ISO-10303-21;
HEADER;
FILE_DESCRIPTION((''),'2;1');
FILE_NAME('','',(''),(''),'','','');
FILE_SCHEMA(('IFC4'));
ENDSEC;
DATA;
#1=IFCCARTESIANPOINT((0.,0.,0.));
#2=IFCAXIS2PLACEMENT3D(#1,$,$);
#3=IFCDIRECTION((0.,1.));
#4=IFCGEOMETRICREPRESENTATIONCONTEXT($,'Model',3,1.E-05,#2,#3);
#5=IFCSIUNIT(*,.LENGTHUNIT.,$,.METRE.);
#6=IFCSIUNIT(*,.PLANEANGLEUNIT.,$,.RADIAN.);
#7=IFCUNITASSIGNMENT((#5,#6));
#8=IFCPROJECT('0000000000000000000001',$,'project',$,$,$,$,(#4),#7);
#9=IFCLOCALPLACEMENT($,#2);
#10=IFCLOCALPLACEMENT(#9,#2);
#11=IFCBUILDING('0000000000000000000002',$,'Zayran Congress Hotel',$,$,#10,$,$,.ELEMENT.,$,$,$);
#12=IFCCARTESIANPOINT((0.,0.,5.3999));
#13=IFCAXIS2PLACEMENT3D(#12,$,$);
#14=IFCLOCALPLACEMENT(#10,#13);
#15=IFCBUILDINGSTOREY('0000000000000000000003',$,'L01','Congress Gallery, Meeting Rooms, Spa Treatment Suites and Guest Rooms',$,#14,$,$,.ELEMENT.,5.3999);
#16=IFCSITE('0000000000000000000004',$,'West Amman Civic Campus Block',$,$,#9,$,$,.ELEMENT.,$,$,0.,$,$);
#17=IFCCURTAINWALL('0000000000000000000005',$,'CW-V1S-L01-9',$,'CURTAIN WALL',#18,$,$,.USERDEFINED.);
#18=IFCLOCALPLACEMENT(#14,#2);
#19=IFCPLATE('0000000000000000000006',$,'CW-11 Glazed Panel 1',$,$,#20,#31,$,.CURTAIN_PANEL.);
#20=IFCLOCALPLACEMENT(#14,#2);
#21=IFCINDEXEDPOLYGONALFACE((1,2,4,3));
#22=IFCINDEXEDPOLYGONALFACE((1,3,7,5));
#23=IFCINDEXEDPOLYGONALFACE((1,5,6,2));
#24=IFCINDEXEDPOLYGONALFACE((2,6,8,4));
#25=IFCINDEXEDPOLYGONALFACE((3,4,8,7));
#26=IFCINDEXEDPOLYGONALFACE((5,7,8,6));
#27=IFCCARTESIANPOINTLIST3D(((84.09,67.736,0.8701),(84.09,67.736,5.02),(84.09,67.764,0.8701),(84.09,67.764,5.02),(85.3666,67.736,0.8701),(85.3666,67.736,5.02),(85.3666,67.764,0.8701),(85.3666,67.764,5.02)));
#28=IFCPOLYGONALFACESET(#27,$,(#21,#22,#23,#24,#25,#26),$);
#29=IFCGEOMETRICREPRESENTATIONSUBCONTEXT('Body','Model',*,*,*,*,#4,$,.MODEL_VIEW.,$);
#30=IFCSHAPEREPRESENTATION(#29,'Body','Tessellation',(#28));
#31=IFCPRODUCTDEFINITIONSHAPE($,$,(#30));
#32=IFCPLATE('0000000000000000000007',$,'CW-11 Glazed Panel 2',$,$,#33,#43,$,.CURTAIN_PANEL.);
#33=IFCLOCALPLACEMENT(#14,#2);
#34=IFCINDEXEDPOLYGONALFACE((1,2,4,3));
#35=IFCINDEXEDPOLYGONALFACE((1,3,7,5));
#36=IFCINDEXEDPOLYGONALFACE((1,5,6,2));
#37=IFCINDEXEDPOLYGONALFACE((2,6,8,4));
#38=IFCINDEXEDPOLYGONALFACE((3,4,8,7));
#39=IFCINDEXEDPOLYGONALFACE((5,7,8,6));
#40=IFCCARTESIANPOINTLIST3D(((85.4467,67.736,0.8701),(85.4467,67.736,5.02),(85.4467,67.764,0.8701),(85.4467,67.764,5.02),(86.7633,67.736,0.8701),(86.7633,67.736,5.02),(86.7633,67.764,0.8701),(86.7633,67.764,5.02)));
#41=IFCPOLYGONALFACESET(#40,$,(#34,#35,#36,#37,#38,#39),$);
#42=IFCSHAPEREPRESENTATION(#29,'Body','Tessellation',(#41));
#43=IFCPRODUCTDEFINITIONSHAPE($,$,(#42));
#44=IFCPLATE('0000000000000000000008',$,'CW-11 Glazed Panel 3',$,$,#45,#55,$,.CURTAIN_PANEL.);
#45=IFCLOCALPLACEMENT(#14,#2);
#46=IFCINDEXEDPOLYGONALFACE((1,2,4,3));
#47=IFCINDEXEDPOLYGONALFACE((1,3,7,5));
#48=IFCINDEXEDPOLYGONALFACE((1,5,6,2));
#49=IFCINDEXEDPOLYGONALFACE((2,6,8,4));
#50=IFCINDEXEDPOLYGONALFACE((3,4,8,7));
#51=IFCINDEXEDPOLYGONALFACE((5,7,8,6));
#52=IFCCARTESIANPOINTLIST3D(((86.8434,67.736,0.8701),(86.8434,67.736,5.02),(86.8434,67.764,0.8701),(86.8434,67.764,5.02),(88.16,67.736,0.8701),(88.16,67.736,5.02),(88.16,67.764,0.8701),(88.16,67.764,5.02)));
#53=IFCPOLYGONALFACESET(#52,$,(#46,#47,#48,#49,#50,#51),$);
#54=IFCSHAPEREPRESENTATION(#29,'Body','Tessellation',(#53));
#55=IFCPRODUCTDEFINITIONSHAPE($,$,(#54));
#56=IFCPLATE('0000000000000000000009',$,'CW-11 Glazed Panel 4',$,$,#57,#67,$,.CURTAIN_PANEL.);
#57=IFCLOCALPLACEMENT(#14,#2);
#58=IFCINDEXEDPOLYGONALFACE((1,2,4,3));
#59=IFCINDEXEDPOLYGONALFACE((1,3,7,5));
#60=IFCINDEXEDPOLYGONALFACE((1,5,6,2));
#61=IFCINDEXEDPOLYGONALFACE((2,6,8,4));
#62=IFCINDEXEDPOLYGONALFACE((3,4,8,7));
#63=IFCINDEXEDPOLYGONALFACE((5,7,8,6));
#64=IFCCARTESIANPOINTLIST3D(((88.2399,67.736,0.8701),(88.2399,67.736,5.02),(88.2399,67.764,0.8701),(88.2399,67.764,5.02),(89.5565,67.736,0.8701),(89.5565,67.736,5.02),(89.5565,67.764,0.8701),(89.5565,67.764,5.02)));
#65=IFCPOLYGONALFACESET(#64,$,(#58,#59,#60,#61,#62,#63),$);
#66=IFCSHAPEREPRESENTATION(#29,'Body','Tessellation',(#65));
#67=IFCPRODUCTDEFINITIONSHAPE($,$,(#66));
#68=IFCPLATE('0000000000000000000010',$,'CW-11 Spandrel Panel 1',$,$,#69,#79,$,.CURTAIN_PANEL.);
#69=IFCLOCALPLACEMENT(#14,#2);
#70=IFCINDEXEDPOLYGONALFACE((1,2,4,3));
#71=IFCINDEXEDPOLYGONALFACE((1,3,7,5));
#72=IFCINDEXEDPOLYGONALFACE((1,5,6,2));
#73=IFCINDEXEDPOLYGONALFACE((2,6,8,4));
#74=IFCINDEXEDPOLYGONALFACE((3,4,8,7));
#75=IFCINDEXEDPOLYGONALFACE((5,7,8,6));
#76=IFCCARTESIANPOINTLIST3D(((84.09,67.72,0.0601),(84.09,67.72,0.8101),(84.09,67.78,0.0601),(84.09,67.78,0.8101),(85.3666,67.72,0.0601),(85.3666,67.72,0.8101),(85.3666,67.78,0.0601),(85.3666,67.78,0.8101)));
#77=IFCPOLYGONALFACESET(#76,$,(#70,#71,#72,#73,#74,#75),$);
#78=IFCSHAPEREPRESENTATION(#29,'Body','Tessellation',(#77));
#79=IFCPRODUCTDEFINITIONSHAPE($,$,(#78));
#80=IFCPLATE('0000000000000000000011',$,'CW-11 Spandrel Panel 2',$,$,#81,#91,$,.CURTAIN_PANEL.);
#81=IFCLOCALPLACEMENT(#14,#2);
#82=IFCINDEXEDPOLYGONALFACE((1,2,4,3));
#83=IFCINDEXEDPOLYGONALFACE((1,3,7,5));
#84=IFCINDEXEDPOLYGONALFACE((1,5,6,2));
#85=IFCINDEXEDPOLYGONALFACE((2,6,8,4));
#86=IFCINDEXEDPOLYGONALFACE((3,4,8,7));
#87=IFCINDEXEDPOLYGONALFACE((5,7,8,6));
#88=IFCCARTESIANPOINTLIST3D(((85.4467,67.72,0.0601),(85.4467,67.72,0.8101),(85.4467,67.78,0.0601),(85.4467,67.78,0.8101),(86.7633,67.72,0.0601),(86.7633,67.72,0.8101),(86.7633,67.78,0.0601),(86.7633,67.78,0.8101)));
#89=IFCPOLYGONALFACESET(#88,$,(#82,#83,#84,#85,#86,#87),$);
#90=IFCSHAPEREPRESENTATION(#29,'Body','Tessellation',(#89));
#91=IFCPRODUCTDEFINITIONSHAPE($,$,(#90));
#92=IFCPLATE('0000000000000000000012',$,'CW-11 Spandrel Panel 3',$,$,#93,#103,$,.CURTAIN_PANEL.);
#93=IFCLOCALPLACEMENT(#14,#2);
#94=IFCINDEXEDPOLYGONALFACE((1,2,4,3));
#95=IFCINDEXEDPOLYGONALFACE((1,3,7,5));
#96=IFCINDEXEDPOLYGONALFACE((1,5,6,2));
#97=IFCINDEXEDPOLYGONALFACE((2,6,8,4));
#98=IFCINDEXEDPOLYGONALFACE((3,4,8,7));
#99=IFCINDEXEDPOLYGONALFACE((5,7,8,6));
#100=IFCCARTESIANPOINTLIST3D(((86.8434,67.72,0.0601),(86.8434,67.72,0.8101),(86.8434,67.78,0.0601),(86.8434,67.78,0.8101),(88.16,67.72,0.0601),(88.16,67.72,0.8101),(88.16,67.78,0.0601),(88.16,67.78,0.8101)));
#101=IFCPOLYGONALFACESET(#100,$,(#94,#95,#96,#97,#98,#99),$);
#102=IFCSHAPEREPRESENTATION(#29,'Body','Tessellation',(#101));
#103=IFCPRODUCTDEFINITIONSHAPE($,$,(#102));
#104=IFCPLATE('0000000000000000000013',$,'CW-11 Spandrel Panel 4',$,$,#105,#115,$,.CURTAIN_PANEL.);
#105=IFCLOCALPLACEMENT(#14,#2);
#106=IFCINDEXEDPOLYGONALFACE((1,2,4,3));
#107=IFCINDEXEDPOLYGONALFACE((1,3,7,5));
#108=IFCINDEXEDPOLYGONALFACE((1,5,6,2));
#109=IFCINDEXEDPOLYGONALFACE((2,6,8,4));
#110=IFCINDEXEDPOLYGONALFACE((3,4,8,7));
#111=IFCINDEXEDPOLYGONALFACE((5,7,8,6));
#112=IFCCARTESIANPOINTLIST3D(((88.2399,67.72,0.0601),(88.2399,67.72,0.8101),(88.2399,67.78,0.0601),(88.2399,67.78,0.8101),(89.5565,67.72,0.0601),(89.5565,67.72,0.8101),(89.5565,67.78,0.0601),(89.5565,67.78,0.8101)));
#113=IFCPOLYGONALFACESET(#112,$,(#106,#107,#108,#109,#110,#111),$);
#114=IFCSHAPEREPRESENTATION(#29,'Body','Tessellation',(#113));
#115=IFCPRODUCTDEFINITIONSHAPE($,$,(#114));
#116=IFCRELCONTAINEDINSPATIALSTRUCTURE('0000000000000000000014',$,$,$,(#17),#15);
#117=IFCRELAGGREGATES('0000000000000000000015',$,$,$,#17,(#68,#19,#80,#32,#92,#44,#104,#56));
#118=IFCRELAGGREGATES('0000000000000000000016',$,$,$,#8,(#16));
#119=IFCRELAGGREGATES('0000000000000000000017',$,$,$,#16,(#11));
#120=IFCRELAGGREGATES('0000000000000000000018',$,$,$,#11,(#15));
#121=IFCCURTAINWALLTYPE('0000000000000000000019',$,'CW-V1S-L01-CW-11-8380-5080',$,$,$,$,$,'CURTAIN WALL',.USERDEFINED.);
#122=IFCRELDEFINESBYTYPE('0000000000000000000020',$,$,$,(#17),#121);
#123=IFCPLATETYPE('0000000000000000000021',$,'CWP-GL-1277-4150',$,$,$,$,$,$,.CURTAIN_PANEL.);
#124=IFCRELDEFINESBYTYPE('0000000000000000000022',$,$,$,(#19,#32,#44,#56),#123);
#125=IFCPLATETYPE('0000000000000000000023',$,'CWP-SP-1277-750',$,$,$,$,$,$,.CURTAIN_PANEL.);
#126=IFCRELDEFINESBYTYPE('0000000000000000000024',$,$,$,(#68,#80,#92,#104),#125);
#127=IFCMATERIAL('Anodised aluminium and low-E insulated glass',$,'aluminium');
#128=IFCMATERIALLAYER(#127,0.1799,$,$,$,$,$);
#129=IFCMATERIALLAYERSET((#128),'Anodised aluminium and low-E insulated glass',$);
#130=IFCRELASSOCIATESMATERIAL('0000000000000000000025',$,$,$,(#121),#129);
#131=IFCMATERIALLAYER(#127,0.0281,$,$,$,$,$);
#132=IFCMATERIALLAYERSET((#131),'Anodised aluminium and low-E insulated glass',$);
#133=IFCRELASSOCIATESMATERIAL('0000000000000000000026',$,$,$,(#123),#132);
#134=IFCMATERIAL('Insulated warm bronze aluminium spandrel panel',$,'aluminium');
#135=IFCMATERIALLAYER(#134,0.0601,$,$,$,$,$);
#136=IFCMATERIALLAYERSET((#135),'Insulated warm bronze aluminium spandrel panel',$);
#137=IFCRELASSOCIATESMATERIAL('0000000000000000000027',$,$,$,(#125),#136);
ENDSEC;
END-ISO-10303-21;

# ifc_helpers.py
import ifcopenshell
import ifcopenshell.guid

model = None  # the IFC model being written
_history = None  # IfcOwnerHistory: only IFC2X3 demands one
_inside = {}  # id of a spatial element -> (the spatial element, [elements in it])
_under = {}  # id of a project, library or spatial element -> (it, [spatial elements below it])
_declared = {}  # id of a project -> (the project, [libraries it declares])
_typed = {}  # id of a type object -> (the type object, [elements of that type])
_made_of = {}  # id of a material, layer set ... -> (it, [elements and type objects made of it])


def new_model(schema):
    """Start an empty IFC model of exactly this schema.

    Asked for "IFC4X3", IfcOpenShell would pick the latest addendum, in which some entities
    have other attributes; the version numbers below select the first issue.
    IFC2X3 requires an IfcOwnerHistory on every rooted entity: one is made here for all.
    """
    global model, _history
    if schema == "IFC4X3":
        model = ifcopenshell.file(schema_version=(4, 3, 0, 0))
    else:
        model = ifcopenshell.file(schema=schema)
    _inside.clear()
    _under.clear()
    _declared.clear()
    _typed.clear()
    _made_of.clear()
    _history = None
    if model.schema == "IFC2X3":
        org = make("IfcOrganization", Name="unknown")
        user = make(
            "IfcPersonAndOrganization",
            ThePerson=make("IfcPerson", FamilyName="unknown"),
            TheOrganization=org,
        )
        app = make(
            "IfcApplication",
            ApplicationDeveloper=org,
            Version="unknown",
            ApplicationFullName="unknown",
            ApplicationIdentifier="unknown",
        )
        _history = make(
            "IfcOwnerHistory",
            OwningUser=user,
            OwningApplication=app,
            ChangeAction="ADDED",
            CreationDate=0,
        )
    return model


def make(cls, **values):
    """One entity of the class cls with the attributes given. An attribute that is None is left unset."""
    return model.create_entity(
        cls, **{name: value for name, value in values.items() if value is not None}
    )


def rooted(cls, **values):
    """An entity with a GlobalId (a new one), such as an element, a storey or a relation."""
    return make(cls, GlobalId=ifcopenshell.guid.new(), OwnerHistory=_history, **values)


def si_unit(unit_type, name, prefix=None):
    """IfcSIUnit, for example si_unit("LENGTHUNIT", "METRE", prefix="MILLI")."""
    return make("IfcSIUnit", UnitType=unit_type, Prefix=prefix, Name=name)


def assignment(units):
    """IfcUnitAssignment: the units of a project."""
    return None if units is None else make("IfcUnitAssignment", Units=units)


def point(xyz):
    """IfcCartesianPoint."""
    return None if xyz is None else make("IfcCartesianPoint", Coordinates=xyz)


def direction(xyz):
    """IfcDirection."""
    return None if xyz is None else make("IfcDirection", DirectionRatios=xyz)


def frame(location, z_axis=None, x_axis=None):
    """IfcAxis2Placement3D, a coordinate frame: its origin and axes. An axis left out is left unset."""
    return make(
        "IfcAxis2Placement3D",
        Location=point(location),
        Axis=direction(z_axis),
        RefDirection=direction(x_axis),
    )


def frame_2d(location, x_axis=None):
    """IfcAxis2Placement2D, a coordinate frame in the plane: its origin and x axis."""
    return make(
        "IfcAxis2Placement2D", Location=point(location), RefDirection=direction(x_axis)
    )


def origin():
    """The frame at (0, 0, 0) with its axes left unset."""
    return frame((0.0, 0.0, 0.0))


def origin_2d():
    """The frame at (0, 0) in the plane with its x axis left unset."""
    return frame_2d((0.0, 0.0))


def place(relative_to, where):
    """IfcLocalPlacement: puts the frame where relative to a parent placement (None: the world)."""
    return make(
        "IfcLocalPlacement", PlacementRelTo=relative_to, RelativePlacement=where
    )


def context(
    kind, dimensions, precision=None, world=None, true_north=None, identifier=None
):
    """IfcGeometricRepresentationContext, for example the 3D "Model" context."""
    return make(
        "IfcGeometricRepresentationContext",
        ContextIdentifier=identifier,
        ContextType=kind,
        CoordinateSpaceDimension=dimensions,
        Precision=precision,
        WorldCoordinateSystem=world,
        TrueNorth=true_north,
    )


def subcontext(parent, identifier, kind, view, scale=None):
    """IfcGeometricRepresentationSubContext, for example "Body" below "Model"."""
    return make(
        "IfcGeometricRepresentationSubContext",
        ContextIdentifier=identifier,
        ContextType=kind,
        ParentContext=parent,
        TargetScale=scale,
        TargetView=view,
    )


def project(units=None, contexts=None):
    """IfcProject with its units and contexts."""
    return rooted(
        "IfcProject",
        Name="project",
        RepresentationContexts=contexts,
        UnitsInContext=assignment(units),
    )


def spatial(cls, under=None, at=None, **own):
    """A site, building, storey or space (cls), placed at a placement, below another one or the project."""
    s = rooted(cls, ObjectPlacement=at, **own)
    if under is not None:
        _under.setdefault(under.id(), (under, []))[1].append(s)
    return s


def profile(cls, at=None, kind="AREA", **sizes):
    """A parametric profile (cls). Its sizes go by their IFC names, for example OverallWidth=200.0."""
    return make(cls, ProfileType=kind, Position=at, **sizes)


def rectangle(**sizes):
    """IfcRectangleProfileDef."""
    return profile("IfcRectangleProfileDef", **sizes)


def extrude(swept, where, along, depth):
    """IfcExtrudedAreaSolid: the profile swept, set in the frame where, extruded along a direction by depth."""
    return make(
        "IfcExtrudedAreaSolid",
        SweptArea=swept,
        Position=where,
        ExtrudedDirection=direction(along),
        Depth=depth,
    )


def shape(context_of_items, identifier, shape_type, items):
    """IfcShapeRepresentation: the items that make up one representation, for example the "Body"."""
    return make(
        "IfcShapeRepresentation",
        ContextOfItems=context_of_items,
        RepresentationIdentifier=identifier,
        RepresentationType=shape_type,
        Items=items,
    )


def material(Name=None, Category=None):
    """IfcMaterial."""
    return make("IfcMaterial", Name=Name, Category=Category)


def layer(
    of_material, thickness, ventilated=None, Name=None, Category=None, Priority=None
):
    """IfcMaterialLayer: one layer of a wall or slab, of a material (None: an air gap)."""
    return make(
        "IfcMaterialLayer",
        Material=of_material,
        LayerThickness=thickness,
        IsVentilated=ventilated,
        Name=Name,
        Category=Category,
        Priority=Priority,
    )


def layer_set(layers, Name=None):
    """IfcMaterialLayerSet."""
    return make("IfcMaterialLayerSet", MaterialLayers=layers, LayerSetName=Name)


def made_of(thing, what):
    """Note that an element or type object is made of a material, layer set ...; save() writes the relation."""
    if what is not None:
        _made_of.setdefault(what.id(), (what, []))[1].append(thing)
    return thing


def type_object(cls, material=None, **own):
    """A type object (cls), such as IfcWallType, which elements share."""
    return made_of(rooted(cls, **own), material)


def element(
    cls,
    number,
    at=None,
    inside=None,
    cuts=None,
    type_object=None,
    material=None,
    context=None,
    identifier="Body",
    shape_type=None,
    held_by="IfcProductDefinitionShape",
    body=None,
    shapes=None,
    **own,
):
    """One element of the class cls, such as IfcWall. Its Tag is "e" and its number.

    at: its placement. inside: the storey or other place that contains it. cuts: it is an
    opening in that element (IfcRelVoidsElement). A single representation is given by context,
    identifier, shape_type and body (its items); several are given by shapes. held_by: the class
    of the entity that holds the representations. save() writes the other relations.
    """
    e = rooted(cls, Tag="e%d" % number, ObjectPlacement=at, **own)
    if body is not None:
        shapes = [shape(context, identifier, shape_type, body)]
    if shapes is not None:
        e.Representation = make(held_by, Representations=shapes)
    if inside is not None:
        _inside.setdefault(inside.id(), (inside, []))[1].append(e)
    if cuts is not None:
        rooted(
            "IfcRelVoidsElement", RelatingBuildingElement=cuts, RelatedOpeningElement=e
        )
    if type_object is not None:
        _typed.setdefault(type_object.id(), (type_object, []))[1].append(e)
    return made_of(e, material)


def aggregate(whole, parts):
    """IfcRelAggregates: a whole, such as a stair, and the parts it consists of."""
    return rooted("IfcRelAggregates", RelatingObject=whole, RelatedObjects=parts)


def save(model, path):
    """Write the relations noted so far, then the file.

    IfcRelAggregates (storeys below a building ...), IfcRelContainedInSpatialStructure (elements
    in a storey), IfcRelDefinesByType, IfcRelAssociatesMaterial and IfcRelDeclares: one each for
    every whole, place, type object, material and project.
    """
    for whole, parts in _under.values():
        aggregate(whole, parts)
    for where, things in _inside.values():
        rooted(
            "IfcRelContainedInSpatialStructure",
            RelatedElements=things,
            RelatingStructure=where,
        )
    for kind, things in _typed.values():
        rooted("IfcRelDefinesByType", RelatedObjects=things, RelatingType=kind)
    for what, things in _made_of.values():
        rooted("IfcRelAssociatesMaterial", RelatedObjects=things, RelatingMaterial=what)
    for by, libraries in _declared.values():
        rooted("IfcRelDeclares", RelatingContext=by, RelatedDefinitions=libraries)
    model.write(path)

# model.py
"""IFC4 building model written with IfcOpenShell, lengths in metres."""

from ifc_helpers import new_model, si_unit, direction, frame, origin, origin_2d, place, context, subcontext, project, spatial, rectangle, extrude, material, layer, layer_set, type_object, element, aggregate, save


model = new_model("IFC4")

# Units and contexts
model_context = context("Model", 3, precision=1e-05, world=origin(), true_north=direction((0.0, 1.0)))
body_context = subcontext(model_context, "Body", "Model", "MODEL_VIEW")
ifc_project = project(units=[si_unit("LENGTHUNIT", "METRE"), si_unit("PLANEANGLEUNIT", "RADIAN")], contexts=[model_context])

# Site, building, storey
site_placement = place(None, origin())
site = spatial("IfcSite", under=ifc_project, at=site_placement, Name="West Amman Civic Campus Block", CompositionType="ELEMENT", RefElevation=0.0)
building_placement = place(site_placement, origin())
building = spatial("IfcBuilding", under=site, at=building_placement, Name="Zayran Congress Hotel", CompositionType="ELEMENT")
storey_placement = place(building_placement, frame((0.0, 0.0, 5.3999)))
storey = spatial("IfcBuildingStorey", under=building, at=storey_placement, Name="L01", Description="Congress Gallery, Meeting Rooms, Spa Treatment Suites and Guest Rooms", CompositionType="ELEMENT", Elevation=5.3999)

# Curtain wall, plates
ifc_material_1 = material(Name="Anodised aluminium and low-E insulated glass", Category="aluminium")
ifc_layer_1 = layer(ifc_material_1, 0.1799)
ifc_layer_set_1 = layer_set([ifc_layer_1], Name="Anodised aluminium and low-E insulated glass")
curtain_wall_type = type_object("IfcCurtainWallType", Name="CW-V1S-L01-CW-11-8380-5080", ElementType="CURTAIN WALL", PredefinedType="USERDEFINED", material=ifc_layer_set_1)
curtain_wall_placement = place(storey_placement, origin())
curtain_wall = element("IfcCurtainWall", 1, at=curtain_wall_placement, inside=storey, type_object=curtain_wall_type, Name="CW-V1S-L01-9", ObjectType="CURTAIN WALL", PredefinedType="USERDEFINED")
ifc_layer_2 = layer(ifc_material_1, 0.0281)
ifc_layer_set_2 = layer_set([ifc_layer_2], Name="Anodised aluminium and low-E insulated glass")
plate_type_1 = type_object("IfcPlateType", Name="CWP-GL-1277-4150", PredefinedType="CURTAIN_PANEL", material=ifc_layer_set_2)
plate_1_placement = place(storey_placement, frame((84.7283, 67.75, 0.8701), z_axis=(0.0, 0.0, 1.0), x_axis=(1.0, 0.0, 0.0)))
plate_1 = element("IfcPlate", 2, at=plate_1_placement, type_object=plate_type_1, Name="CW-11 Glazed Panel 1", PredefinedType="CURTAIN_PANEL", context=body_context, shape_type="SweptSolid", body=[
    extrude(rectangle(XDim=1.2766, YDim=0.0281, at=origin_2d()), origin(), (0.0, 0.0, 1.0), 4.1499),
])
plate_2_placement = place(storey_placement, frame((86.105, 67.75, 0.8701), z_axis=(0.0, 0.0, 1.0), x_axis=(1.0, 0.0, 0.0)))
plate_2 = element("IfcPlate", 3, at=plate_2_placement, type_object=plate_type_1, Name="CW-11 Glazed Panel 2", PredefinedType="CURTAIN_PANEL", context=body_context, shape_type="SweptSolid", body=[
    extrude(rectangle(XDim=1.3167, YDim=0.0281, at=origin_2d()), origin(), (0.0, 0.0, 1.0), 4.1499),
])
plate_3_placement = place(storey_placement, frame((87.5017, 67.75, 0.8701), z_axis=(0.0, 0.0, 1.0), x_axis=(1.0, 0.0, 0.0)))
plate_3 = element("IfcPlate", 4, at=plate_3_placement, type_object=plate_type_1, Name="CW-11 Glazed Panel 3", PredefinedType="CURTAIN_PANEL", context=body_context, shape_type="SweptSolid", body=[
    extrude(rectangle(XDim=1.3167, YDim=0.0281, at=origin_2d()), origin(), (0.0, 0.0, 1.0), 4.1499),
])
plate_4_placement = place(storey_placement, frame((88.8982, 67.75, 0.8701), z_axis=(0.0, 0.0, 1.0), x_axis=(1.0, 0.0, 0.0)))
plate_4 = element("IfcPlate", 5, at=plate_4_placement, type_object=plate_type_1, Name="CW-11 Glazed Panel 4", PredefinedType="CURTAIN_PANEL", context=body_context, shape_type="SweptSolid", body=[
    extrude(rectangle(XDim=1.3167, YDim=0.0281, at=origin_2d()), origin(), (0.0, 0.0, 1.0), 4.1499),
])
ifc_material_2 = material(Name="Insulated warm bronze aluminium spandrel panel", Category="aluminium")
ifc_layer_3 = layer(ifc_material_2, 0.0601)
ifc_layer_set_3 = layer_set([ifc_layer_3], Name="Insulated warm bronze aluminium spandrel panel")
plate_type_2 = type_object("IfcPlateType", Name="CWP-SP-1277-750", PredefinedType="CURTAIN_PANEL", material=ifc_layer_set_3)
plate_5_placement = place(storey_placement, frame((84.7283, 67.75, 0.0601), z_axis=(0.0, 0.0, 1.0), x_axis=(1.0, 0.0, 0.0)))
plate_5 = element("IfcPlate", 6, at=plate_5_placement, type_object=plate_type_2, Name="CW-11 Spandrel Panel 1", PredefinedType="CURTAIN_PANEL", context=body_context, shape_type="SweptSolid", body=[
    extrude(rectangle(XDim=1.2766, YDim=0.0601, at=origin_2d()), origin(), (0.0, 0.0, 1.0), 0.75),
])
plate_6_placement = place(storey_placement, frame((86.105, 67.75, 0.0601), z_axis=(0.0, 0.0, 1.0), x_axis=(1.0, 0.0, 0.0)))
plate_6 = element("IfcPlate", 7, at=plate_6_placement, type_object=plate_type_2, Name="CW-11 Spandrel Panel 2", PredefinedType="CURTAIN_PANEL", context=body_context, shape_type="SweptSolid", body=[
    extrude(rectangle(XDim=1.3167, YDim=0.0601, at=origin_2d()), origin(), (0.0, 0.0, 1.0), 0.75),
])
plate_7_placement = place(storey_placement, frame((87.5017, 67.75, 0.0601), z_axis=(0.0, 0.0, 1.0), x_axis=(1.0, 0.0, 0.0)))
plate_7 = element("IfcPlate", 8, at=plate_7_placement, type_object=plate_type_2, Name="CW-11 Spandrel Panel 3", PredefinedType="CURTAIN_PANEL", context=body_context, shape_type="SweptSolid", body=[
    extrude(rectangle(XDim=1.3167, YDim=0.0601, at=origin_2d()), origin(), (0.0, 0.0, 1.0), 0.75),
])
plate_8_placement = place(storey_placement, frame((88.8982, 67.75, 0.0601), z_axis=(0.0, 0.0, 1.0), x_axis=(1.0, 0.0, 0.0)))
plate_8 = element("IfcPlate", 9, at=plate_8_placement, type_object=plate_type_2, Name="CW-11 Spandrel Panel 4", PredefinedType="CURTAIN_PANEL", context=body_context, shape_type="SweptSolid", body=[
    extrude(rectangle(XDim=1.3167, YDim=0.0601, at=origin_2d()), origin(), (0.0, 0.0, 1.0), 0.75),
])
aggregate(curtain_wall, [plate_5, plate_1, plate_6, plate_2, plate_7, plate_3, plate_8, plate_4])

save(model, "model.ifc")
